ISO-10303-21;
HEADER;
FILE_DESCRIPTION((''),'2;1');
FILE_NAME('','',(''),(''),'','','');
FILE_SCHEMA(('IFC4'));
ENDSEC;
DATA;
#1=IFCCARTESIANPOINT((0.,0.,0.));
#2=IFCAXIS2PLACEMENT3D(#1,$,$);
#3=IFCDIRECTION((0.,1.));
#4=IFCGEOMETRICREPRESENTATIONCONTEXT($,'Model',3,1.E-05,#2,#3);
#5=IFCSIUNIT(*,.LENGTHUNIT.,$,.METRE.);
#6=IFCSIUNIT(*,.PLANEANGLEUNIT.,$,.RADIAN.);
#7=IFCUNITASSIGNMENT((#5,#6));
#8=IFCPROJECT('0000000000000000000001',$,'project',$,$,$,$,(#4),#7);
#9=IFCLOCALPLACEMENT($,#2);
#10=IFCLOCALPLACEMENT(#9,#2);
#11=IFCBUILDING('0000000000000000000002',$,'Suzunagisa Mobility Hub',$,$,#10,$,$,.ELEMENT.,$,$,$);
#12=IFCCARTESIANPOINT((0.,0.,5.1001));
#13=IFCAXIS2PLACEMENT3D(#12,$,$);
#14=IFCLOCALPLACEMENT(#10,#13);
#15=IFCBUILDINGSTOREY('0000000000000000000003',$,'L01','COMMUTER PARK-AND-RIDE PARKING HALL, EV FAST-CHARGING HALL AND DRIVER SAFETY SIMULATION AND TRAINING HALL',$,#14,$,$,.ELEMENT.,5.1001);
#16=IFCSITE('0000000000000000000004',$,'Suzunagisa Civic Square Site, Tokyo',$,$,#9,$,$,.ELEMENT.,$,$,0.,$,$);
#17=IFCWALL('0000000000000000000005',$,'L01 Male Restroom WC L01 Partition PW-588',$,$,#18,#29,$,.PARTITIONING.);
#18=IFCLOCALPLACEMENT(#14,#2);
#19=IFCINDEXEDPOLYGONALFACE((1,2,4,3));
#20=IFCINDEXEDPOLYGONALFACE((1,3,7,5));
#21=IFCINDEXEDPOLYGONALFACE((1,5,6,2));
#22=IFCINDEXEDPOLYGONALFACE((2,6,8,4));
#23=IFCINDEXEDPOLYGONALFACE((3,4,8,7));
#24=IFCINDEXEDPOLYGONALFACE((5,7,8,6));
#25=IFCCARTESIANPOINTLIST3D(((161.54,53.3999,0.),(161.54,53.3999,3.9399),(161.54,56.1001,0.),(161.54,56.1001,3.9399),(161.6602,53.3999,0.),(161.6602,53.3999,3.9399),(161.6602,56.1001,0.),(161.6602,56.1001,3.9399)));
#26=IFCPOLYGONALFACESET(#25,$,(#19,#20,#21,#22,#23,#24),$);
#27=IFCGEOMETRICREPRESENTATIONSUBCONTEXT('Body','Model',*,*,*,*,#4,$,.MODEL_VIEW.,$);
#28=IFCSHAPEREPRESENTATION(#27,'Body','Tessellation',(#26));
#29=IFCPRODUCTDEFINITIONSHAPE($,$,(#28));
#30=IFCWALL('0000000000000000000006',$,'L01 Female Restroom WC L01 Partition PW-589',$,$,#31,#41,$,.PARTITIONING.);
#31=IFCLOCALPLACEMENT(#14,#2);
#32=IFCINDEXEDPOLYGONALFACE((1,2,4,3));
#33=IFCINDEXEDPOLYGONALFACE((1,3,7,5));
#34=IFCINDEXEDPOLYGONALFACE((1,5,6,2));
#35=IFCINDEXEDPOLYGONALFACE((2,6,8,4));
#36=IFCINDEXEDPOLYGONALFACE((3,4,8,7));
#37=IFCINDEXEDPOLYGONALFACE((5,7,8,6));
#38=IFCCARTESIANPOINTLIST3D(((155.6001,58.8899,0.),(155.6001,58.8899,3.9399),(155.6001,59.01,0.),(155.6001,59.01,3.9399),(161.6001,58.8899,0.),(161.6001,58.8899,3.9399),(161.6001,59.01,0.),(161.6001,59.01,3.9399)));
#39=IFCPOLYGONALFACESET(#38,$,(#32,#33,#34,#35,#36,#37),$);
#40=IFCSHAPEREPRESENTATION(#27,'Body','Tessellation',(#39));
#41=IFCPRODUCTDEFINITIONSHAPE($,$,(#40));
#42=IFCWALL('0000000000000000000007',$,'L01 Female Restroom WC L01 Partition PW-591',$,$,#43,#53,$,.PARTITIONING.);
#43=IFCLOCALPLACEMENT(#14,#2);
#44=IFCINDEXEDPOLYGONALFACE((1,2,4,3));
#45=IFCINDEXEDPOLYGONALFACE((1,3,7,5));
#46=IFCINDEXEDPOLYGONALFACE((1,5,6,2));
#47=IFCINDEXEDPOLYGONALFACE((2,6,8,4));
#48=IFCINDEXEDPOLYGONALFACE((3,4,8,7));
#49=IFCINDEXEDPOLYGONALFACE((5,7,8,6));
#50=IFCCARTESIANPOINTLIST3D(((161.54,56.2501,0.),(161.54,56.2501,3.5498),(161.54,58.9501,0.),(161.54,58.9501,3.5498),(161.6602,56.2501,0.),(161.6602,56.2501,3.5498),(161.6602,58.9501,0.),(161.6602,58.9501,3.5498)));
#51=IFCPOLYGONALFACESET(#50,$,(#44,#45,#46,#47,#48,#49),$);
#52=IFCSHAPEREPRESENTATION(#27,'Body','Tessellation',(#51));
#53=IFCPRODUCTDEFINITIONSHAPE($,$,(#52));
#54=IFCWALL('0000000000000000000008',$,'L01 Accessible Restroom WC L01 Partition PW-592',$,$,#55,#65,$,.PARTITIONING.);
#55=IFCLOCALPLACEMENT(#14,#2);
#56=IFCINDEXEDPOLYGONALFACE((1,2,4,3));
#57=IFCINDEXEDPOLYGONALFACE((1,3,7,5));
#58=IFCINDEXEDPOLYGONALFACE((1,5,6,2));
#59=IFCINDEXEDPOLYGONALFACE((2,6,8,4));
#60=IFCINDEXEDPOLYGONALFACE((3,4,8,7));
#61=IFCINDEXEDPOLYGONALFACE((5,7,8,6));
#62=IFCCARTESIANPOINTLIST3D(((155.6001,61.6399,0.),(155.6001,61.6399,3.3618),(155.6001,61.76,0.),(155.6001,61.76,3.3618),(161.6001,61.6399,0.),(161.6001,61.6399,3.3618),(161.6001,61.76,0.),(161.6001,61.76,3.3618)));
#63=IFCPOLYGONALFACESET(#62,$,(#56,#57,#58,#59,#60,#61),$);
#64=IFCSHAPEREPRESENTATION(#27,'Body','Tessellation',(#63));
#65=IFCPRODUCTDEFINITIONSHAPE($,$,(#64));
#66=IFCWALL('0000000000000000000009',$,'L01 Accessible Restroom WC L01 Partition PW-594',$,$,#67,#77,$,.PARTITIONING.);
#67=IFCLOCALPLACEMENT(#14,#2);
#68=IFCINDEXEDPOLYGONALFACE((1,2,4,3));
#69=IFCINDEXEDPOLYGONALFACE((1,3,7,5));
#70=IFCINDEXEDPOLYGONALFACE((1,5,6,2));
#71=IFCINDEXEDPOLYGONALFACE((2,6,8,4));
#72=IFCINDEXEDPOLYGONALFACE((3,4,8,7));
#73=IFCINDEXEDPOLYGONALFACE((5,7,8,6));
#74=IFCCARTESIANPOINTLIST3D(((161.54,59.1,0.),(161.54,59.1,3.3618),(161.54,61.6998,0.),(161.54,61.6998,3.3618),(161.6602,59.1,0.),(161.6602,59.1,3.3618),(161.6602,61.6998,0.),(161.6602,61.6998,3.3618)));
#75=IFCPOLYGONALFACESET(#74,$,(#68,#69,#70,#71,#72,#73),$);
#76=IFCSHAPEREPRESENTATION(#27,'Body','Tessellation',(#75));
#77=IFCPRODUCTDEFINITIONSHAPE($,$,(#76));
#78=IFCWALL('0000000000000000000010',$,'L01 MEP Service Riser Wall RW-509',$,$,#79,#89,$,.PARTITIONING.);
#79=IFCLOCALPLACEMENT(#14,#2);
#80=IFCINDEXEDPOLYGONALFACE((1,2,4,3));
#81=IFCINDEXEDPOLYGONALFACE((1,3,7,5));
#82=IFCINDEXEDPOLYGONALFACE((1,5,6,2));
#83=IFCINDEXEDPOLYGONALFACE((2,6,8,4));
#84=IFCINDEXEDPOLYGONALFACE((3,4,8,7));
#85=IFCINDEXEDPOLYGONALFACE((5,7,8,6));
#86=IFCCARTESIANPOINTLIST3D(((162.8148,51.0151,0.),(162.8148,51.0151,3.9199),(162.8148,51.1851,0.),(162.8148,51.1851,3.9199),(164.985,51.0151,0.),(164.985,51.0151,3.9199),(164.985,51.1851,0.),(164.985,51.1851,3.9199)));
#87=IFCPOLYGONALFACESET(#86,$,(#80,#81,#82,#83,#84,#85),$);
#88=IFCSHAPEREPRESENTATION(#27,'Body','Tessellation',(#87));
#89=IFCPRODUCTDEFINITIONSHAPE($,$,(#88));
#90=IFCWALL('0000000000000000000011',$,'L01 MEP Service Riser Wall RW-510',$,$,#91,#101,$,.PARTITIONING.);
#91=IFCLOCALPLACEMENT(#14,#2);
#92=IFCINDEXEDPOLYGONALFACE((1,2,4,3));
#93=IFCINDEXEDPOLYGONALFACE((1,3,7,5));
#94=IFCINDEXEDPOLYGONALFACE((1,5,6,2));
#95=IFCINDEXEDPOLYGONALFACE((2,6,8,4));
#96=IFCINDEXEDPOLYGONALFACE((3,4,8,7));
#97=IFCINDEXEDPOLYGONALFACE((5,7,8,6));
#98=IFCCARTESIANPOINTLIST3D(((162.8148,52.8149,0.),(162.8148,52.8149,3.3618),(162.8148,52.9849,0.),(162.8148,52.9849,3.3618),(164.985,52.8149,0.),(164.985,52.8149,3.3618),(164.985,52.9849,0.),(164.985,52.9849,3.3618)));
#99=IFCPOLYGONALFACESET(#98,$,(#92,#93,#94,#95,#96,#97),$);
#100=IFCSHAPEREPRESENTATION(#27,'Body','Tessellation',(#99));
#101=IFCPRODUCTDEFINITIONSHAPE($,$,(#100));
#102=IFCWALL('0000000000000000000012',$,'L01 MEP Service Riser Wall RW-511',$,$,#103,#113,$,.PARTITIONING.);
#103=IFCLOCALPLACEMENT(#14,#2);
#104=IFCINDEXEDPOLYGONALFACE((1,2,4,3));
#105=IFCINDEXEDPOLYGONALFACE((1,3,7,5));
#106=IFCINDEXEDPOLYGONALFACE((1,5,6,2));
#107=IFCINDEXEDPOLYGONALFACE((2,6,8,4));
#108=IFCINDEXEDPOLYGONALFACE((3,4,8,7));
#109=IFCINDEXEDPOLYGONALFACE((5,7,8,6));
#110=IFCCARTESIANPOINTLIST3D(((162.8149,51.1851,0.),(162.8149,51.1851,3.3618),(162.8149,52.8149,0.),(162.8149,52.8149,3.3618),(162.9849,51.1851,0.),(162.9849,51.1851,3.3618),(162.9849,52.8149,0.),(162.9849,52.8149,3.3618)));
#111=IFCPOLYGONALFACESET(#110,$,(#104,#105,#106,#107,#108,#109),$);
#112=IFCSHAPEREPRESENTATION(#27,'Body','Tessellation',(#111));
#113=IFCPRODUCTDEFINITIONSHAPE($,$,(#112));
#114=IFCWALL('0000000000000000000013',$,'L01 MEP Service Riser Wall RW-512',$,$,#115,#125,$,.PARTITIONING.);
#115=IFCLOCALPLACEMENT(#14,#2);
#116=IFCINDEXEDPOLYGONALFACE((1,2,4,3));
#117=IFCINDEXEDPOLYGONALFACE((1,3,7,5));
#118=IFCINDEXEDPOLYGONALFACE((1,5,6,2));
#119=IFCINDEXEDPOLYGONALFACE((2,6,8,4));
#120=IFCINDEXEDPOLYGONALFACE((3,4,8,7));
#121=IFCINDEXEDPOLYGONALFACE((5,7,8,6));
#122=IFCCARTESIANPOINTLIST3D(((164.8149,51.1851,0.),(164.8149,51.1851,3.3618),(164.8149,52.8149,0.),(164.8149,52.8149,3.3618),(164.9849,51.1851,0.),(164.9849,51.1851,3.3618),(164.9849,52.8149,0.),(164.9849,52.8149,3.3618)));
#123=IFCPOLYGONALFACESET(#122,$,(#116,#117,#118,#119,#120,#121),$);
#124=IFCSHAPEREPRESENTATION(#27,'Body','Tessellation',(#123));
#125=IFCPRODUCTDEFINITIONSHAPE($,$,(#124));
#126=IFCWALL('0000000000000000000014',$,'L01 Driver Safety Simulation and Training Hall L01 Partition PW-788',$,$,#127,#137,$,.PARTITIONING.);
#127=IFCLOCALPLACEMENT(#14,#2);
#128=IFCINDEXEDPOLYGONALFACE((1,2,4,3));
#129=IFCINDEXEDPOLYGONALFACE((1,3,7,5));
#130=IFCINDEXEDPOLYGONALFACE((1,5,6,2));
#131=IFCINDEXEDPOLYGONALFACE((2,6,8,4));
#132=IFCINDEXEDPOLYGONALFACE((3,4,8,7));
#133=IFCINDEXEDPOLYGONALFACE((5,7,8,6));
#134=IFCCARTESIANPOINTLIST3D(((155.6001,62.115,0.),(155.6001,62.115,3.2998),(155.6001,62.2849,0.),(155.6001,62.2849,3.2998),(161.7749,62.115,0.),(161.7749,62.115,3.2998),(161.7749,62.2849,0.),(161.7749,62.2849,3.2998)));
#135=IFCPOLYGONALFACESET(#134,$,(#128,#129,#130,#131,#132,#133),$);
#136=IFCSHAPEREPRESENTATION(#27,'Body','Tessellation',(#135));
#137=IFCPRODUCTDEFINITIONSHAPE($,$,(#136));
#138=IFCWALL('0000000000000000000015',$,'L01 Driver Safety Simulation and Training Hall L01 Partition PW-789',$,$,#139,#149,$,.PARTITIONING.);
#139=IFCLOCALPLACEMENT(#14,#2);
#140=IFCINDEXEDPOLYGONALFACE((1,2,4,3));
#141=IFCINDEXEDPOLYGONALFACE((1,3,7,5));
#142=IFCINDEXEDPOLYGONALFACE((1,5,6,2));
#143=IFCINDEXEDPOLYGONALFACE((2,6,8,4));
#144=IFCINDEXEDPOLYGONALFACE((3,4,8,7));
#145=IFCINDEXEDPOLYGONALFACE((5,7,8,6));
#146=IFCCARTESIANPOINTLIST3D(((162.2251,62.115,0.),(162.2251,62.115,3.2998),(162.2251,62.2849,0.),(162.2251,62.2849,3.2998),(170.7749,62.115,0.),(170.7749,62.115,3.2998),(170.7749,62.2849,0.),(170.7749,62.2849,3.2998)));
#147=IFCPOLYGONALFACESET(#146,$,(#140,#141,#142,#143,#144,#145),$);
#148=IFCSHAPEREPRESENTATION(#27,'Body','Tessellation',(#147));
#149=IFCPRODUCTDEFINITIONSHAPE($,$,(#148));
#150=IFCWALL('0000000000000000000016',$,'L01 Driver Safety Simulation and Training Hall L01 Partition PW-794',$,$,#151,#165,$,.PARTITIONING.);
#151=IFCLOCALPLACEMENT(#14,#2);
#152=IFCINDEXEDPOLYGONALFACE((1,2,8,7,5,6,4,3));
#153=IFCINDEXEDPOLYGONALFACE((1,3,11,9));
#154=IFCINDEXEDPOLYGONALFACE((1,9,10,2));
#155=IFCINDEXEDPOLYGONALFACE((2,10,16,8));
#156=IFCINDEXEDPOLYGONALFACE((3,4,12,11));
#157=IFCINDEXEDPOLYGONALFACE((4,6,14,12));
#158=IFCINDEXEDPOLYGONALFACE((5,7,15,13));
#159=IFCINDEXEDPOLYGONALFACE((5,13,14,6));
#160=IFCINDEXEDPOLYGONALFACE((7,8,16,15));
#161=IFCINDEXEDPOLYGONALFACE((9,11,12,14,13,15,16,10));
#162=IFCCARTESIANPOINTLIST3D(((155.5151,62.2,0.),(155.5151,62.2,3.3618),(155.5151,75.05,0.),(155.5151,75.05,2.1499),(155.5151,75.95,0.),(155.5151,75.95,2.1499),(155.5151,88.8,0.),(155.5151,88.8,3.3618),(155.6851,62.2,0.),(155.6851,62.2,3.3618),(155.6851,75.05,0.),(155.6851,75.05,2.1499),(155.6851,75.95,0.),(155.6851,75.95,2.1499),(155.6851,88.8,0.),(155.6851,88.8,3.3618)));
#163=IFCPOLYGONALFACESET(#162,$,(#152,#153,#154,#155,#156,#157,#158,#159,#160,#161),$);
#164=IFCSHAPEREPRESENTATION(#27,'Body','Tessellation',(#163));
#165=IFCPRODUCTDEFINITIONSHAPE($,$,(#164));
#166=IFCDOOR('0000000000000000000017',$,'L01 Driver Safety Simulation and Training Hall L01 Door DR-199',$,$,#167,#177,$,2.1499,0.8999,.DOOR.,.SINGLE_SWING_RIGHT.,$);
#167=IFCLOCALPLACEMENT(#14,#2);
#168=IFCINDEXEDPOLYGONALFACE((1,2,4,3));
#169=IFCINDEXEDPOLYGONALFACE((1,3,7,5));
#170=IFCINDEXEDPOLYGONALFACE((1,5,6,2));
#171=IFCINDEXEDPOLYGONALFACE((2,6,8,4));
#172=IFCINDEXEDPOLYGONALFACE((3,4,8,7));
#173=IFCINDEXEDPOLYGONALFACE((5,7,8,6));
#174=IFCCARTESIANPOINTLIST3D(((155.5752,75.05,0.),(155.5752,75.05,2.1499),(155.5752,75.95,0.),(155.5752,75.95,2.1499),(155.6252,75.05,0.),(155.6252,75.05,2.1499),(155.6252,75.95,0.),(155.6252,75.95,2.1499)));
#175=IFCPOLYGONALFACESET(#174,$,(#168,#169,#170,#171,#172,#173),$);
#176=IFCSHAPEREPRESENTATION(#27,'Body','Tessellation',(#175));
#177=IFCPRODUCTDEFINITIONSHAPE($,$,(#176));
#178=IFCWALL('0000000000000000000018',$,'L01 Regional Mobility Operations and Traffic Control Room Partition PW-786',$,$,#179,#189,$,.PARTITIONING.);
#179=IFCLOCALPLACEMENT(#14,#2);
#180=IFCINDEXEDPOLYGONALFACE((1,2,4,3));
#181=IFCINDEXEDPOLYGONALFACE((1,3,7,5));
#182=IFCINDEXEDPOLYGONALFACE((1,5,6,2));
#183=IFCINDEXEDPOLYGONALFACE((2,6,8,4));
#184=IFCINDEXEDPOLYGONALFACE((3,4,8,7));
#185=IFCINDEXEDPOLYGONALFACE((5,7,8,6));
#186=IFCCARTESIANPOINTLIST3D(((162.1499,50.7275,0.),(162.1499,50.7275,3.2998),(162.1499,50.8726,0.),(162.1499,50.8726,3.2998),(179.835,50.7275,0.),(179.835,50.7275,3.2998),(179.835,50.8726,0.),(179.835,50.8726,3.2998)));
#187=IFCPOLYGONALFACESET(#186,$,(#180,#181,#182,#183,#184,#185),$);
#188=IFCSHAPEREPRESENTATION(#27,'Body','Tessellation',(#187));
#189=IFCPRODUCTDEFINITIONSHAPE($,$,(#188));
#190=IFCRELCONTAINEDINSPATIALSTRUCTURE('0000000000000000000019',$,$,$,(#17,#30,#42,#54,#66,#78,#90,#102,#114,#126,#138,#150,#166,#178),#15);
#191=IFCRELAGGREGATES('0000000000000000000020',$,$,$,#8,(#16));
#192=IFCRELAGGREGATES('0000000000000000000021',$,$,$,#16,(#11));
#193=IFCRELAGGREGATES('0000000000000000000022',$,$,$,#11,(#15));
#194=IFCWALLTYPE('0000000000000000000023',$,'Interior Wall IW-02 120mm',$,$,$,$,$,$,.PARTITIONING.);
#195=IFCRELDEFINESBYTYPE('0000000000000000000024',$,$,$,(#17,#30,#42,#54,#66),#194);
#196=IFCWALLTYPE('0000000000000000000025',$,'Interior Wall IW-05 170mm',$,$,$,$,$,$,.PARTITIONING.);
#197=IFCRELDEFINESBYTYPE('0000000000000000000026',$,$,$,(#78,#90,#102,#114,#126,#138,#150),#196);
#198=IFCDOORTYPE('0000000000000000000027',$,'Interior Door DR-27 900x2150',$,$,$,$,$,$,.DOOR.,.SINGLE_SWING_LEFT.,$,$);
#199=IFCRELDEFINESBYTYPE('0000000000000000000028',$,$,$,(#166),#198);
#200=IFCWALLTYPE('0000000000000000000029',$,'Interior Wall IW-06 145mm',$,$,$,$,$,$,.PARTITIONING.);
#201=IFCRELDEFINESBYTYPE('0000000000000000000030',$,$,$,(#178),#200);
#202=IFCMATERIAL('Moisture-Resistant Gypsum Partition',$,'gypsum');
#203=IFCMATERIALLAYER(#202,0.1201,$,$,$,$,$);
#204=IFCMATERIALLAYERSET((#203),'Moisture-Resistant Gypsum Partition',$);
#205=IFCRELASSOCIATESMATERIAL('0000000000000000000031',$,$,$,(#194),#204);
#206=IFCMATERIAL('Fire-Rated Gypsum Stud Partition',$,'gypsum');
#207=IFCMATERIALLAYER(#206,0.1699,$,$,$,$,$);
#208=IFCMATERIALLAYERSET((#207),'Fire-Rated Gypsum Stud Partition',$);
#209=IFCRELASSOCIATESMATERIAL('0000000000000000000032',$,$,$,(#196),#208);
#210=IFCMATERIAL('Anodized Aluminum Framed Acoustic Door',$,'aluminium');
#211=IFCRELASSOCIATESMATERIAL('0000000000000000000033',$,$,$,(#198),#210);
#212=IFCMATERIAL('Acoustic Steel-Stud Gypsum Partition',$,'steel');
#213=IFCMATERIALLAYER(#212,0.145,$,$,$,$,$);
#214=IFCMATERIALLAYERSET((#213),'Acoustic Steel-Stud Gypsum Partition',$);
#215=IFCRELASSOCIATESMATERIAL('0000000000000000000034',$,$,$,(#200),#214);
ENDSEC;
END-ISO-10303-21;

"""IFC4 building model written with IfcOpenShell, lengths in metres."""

from ifc_helpers import new_model, si_unit, direction, frame, frame_2d, origin, place, context, subcontext, project, spatial, rectangle, extrude, material, layer, layer_set, type_object, element, fill, save


model = new_model("IFC4")

# Units and contexts
model_context = context("Model", 3, precision=1e-05, world=origin(), true_north=direction((0.0, 1.0)))
body_context = subcontext(model_context, "Body", "Model", "MODEL_VIEW")
ifc_project = project(units=[si_unit("LENGTHUNIT", "METRE"), si_unit("PLANEANGLEUNIT", "RADIAN")], contexts=[model_context])

# Site, building, storey
site_placement = place(None, origin())
site = spatial("IfcSite", under=ifc_project, at=site_placement, Name="Suzunagisa Civic Square Site, Tokyo", CompositionType="ELEMENT", RefElevation=0.0)
building_placement = place(site_placement, origin())
building = spatial("IfcBuilding", under=site, at=building_placement, Name="Suzunagisa Mobility Hub", CompositionType="ELEMENT")
storey_placement = place(building_placement, frame((0.0, 0.0, 5.1001)))
storey = spatial("IfcBuildingStorey", under=building, at=storey_placement, Name="L01", Description="COMMUTER PARK-AND-RIDE PARKING HALL, EV FAST-CHARGING HALL AND DRIVER SAFETY SIMULATION AND TRAINING HALL", CompositionType="ELEMENT", Elevation=5.1001)

# Shared definitions
ifc_material_1 = material(Name="Moisture-Resistant Gypsum Partition", Category="gypsum")
ifc_layer_1 = layer(ifc_material_1, 0.1201)
ifc_layer_set_1 = layer_set([ifc_layer_1], Name="Moisture-Resistant Gypsum Partition")
wall_type_1 = type_object("IfcWallType", Name="Interior Wall IW-02 120mm", PredefinedType="PARTITIONING", material=ifc_layer_set_1)

# Walls
wall_1_placement = place(storey_placement, frame((161.6001, 53.3999, 0.0), z_axis=(0.0, 0.0, 1.0), x_axis=(0.0, 1.0, 0.0)))
element("IfcWall", 1, at=wall_1_placement, inside=storey, type_object=wall_type_1, Name="L01 Male Restroom WC L01 Partition PW-588", PredefinedType="PARTITIONING", context=body_context, shape_type="SweptSolid", body=[
    extrude(rectangle(XDim=2.7002, YDim=0.1201, at=frame_2d((1.3501, 0.0))), origin(), (0.0, 0.0, 1.0), 3.9399),
])
wall_2_placement = place(storey_placement, frame((155.6001, 58.95, 0.0), z_axis=(0.0, 0.0, 1.0), x_axis=(1.0, 0.0, 0.0)))
element("IfcWall", 2, at=wall_2_placement, inside=storey, type_object=wall_type_1, Name="L01 Female Restroom WC L01 Partition PW-589", PredefinedType="PARTITIONING", context=body_context, shape_type="SweptSolid", body=[
    extrude(rectangle(XDim=6.0, YDim=0.1201, at=frame_2d((3.0, 0.0))), origin(), (0.0, 0.0, 1.0), 3.9399),
])

# Walls
wall_3_placement = place(storey_placement, frame((161.6001, 56.25, 0.0), z_axis=(0.0, 0.0, 1.0), x_axis=(0.0, 1.0, 0.0)))
element("IfcWall", 3, at=wall_3_placement, inside=storey, type_object=wall_type_1, Name="L01 Female Restroom WC L01 Partition PW-591", PredefinedType="PARTITIONING", context=body_context, shape_type="SweptSolid", body=[
    extrude(rectangle(XDim=2.7, YDim=0.1201, at=frame_2d((1.3501, 0.0))), origin(), (0.0, 0.0, 1.0), 3.5498),
])
wall_4_placement = place(storey_placement, frame((155.6001, 61.7, 0.0), z_axis=(0.0, 0.0, 1.0), x_axis=(1.0, 0.0, 0.0)))
element("IfcWall", 4, at=wall_4_placement, inside=storey, type_object=wall_type_1, Name="L01 Accessible Restroom WC L01 Partition PW-592", PredefinedType="PARTITIONING", context=body_context, shape_type="SweptSolid", body=[
    extrude(rectangle(XDim=6.0, YDim=0.1201, at=frame_2d((3.0, 0.0))), origin(), (0.0, 0.0, 1.0), 3.3618),
])

# Walls
wall_5_placement = place(storey_placement, frame((161.6001, 59.1001, 0.0), z_axis=(0.0, 0.0, 1.0), x_axis=(0.0, 1.0, 0.0)))
element("IfcWall", 5, at=wall_5_placement, inside=storey, type_object=wall_type_1, Name="L01 Accessible Restroom WC L01 Partition PW-594", PredefinedType="PARTITIONING", context=body_context, shape_type="SweptSolid", body=[
    extrude(rectangle(XDim=2.5999, YDim=0.1201, at=frame_2d((1.2998, 0.0))), origin(), (0.0, 0.0, 1.0), 3.3618),
])
ifc_material_2 = material(Name="Fire-Rated Gypsum Stud Partition", Category="gypsum")
ifc_layer_2 = layer(ifc_material_2, 0.1699)
ifc_layer_set_2 = layer_set([ifc_layer_2], Name="Fire-Rated Gypsum Stud Partition")
wall_type_2 = type_object("IfcWallType", Name="Interior Wall IW-05 170mm", PredefinedType="PARTITIONING", material=ifc_layer_set_2)
wall_6_placement = place(storey_placement, frame((162.8149, 51.1001, 0.0), z_axis=(0.0, 0.0, 1.0), x_axis=(1.0, 0.0, 0.0)))
element("IfcWall", 6, at=wall_6_placement, inside=storey, type_object=wall_type_2, Name="L01 MEP Service Riser Wall RW-509", PredefinedType="PARTITIONING", context=body_context, shape_type="SweptSolid", body=[
    extrude(rectangle(XDim=2.1702, YDim=0.1699, at=frame_2d((1.085, 0.0))), origin(), (0.0, 0.0, 1.0), 3.9199),
])
wall_7_placement = place(storey_placement, frame((162.8149, 52.8999, 0.0), z_axis=(0.0, 0.0, 1.0), x_axis=(1.0, 0.0, 0.0)))
element("IfcWall", 7, at=wall_7_placement, inside=storey, type_object=wall_type_2, Name="L01 MEP Service Riser Wall RW-510", PredefinedType="PARTITIONING", context=body_context, shape_type="SweptSolid", body=[
    extrude(rectangle(XDim=2.1702, YDim=0.1699, at=frame_2d((1.085, 0.0))), origin(), (0.0, 0.0, 1.0), 3.3618),
])
for number, where, z_axis, x_axis, name in (
    (8, (162.8999, 51.1851, 0.0), (0.0, 0.0, 1.0), (0.0, 1.0, 0.0), "L01 MEP Service Riser Wall RW-511"),
    (9, (164.8999, 51.1851, 0.0), (0.0, 0.0, 1.0), (0.0, 1.0, 0.0), "L01 MEP Service Riser Wall RW-512"),
):
    element("IfcWall", number, at=place(storey_placement, frame(where, z_axis=z_axis, x_axis=x_axis)), inside=storey, type_object=wall_type_2, Name=name, PredefinedType="PARTITIONING", context=body_context, shape_type="SweptSolid", body=[
        extrude(rectangle(XDim=1.6299, YDim=0.1699, at=frame_2d((0.8149, 0.0))), origin(), (0.0, 0.0, 1.0), 3.3618),
    ])
wall_8_placement = place(storey_placement, frame((155.6001, 62.2, 0.0), z_axis=(0.0, 0.0, 1.0), x_axis=(1.0, 0.0, 0.0)))
element("IfcWall", 10, at=wall_8_placement, inside=storey, type_object=wall_type_2, Name="L01 Driver Safety Simulation and Training Hall L01 Partition PW-788", PredefinedType="PARTITIONING", context=body_context, shape_type="SweptSolid", body=[
    extrude(rectangle(XDim=6.1748, YDim=0.1699, at=frame_2d((3.0874, 0.0))), origin(), (0.0, 0.0, 1.0), 3.2998),
])
wall_9_placement = place(storey_placement, frame((162.2251, 62.2, 0.0), z_axis=(0.0, 0.0, 1.0), x_axis=(1.0, 0.0, 0.0)))
element("IfcWall", 11, at=wall_9_placement, inside=storey, type_object=wall_type_2, Name="L01 Driver Safety Simulation and Training Hall L01 Partition PW-789", PredefinedType="PARTITIONING", context=body_context, shape_type="SweptSolid", body=[
    extrude(rectangle(XDim=8.5498, YDim=0.1699, at=frame_2d((4.2749, 0.0))), origin(), (0.0, 0.0, 1.0), 3.2998),
])

# Wall, opening, door
wall_10_placement = place(storey_placement, frame((155.6001, 62.2, 0.0), z_axis=(0.0, 0.0, 1.0), x_axis=(0.0, 1.0, 0.0)))
wall_10 = element("IfcWall", 12, at=wall_10_placement, inside=storey, type_object=wall_type_2, Name="L01 Driver Safety Simulation and Training Hall L01 Partition PW-794", PredefinedType="PARTITIONING", context=body_context, shape_type="SweptSolid", body=[
    extrude(rectangle(XDim=26.6001, YDim=0.1699, at=frame_2d((13.3, 0.0))), origin(), (0.0, 0.0, 1.0), 3.3618),
])
opening_1_placement = place(wall_10_placement, frame((12.8501, 0.0, 0.0)))
opening_1 = element("IfcOpeningElement", 13, at=opening_1_placement, cuts=wall_10, PredefinedType="OPENING", context=body_context, shape_type="SweptSolid", body=[
    extrude(rectangle(XDim=0.8999, YDim=2.1499, at=frame_2d((0.45, 1.075))), frame((0.0, 0.0959, 0.0), z_axis=(0.0, -1.0, 0.0), x_axis=(1.0, 0.0, 0.0)), (0.0, 0.0, 1.0), 0.1919),
])
ifc_material_3 = material(Name="Anodized Aluminum Framed Acoustic Door", Category="aluminium")
door_type_1 = type_object("IfcDoorType", Name="Interior Door DR-27 900x2150", OperationType="SINGLE_SWING_LEFT", PredefinedType="DOOR", material=ifc_material_3)
door_1_placement = place(opening_1_placement, origin())
door_1 = element("IfcDoor", 14, at=door_1_placement, inside=storey, type_object=door_type_1, Name="L01 Driver Safety Simulation and Training Hall L01 Door DR-199", OperationType="SINGLE_SWING_RIGHT", OverallHeight=2.1499, OverallWidth=0.8999, PredefinedType="DOOR", context=body_context, shape_type="SweptSolid", body=[
    extrude(rectangle(XDim=0.8999, YDim=2.1499, at=frame_2d((0.45, 1.075))), frame((0.0, 0.0249, 0.0), z_axis=(0.0, -1.0, 0.0), x_axis=(1.0, 0.0, 0.0)), (0.0, 0.0, 1.0), 0.05),
])
fill(opening_1, door_1)

# Wall
ifc_material_4 = material(Name="Acoustic Steel-Stud Gypsum Partition", Category="steel")
ifc_layer_3 = layer(ifc_material_4, 0.145)
ifc_layer_set_3 = layer_set([ifc_layer_3], Name="Acoustic Steel-Stud Gypsum Partition")
wall_type_3 = type_object("IfcWallType", Name="Interior Wall IW-06 145mm", PredefinedType="PARTITIONING", material=ifc_layer_set_3)
wall_11_placement = place(storey_placement, frame((162.1499, 50.8, 0.0), z_axis=(0.0, 0.0, 1.0), x_axis=(1.0, 0.0, 0.0)))
element("IfcWall", 15, at=wall_11_placement, inside=storey, type_object=wall_type_3, Name="L01 Regional Mobility Operations and Traffic Control Room Partition PW-786", PredefinedType="PARTITIONING", context=body_context, shape_type="SweptSolid", body=[
    extrude(rectangle(XDim=17.6851, YDim=0.145, at=frame_2d((8.8425, 0.0))), origin(), (0.0, 0.0, 1.0), 3.2998),
])

save(model, "model.ifc")
